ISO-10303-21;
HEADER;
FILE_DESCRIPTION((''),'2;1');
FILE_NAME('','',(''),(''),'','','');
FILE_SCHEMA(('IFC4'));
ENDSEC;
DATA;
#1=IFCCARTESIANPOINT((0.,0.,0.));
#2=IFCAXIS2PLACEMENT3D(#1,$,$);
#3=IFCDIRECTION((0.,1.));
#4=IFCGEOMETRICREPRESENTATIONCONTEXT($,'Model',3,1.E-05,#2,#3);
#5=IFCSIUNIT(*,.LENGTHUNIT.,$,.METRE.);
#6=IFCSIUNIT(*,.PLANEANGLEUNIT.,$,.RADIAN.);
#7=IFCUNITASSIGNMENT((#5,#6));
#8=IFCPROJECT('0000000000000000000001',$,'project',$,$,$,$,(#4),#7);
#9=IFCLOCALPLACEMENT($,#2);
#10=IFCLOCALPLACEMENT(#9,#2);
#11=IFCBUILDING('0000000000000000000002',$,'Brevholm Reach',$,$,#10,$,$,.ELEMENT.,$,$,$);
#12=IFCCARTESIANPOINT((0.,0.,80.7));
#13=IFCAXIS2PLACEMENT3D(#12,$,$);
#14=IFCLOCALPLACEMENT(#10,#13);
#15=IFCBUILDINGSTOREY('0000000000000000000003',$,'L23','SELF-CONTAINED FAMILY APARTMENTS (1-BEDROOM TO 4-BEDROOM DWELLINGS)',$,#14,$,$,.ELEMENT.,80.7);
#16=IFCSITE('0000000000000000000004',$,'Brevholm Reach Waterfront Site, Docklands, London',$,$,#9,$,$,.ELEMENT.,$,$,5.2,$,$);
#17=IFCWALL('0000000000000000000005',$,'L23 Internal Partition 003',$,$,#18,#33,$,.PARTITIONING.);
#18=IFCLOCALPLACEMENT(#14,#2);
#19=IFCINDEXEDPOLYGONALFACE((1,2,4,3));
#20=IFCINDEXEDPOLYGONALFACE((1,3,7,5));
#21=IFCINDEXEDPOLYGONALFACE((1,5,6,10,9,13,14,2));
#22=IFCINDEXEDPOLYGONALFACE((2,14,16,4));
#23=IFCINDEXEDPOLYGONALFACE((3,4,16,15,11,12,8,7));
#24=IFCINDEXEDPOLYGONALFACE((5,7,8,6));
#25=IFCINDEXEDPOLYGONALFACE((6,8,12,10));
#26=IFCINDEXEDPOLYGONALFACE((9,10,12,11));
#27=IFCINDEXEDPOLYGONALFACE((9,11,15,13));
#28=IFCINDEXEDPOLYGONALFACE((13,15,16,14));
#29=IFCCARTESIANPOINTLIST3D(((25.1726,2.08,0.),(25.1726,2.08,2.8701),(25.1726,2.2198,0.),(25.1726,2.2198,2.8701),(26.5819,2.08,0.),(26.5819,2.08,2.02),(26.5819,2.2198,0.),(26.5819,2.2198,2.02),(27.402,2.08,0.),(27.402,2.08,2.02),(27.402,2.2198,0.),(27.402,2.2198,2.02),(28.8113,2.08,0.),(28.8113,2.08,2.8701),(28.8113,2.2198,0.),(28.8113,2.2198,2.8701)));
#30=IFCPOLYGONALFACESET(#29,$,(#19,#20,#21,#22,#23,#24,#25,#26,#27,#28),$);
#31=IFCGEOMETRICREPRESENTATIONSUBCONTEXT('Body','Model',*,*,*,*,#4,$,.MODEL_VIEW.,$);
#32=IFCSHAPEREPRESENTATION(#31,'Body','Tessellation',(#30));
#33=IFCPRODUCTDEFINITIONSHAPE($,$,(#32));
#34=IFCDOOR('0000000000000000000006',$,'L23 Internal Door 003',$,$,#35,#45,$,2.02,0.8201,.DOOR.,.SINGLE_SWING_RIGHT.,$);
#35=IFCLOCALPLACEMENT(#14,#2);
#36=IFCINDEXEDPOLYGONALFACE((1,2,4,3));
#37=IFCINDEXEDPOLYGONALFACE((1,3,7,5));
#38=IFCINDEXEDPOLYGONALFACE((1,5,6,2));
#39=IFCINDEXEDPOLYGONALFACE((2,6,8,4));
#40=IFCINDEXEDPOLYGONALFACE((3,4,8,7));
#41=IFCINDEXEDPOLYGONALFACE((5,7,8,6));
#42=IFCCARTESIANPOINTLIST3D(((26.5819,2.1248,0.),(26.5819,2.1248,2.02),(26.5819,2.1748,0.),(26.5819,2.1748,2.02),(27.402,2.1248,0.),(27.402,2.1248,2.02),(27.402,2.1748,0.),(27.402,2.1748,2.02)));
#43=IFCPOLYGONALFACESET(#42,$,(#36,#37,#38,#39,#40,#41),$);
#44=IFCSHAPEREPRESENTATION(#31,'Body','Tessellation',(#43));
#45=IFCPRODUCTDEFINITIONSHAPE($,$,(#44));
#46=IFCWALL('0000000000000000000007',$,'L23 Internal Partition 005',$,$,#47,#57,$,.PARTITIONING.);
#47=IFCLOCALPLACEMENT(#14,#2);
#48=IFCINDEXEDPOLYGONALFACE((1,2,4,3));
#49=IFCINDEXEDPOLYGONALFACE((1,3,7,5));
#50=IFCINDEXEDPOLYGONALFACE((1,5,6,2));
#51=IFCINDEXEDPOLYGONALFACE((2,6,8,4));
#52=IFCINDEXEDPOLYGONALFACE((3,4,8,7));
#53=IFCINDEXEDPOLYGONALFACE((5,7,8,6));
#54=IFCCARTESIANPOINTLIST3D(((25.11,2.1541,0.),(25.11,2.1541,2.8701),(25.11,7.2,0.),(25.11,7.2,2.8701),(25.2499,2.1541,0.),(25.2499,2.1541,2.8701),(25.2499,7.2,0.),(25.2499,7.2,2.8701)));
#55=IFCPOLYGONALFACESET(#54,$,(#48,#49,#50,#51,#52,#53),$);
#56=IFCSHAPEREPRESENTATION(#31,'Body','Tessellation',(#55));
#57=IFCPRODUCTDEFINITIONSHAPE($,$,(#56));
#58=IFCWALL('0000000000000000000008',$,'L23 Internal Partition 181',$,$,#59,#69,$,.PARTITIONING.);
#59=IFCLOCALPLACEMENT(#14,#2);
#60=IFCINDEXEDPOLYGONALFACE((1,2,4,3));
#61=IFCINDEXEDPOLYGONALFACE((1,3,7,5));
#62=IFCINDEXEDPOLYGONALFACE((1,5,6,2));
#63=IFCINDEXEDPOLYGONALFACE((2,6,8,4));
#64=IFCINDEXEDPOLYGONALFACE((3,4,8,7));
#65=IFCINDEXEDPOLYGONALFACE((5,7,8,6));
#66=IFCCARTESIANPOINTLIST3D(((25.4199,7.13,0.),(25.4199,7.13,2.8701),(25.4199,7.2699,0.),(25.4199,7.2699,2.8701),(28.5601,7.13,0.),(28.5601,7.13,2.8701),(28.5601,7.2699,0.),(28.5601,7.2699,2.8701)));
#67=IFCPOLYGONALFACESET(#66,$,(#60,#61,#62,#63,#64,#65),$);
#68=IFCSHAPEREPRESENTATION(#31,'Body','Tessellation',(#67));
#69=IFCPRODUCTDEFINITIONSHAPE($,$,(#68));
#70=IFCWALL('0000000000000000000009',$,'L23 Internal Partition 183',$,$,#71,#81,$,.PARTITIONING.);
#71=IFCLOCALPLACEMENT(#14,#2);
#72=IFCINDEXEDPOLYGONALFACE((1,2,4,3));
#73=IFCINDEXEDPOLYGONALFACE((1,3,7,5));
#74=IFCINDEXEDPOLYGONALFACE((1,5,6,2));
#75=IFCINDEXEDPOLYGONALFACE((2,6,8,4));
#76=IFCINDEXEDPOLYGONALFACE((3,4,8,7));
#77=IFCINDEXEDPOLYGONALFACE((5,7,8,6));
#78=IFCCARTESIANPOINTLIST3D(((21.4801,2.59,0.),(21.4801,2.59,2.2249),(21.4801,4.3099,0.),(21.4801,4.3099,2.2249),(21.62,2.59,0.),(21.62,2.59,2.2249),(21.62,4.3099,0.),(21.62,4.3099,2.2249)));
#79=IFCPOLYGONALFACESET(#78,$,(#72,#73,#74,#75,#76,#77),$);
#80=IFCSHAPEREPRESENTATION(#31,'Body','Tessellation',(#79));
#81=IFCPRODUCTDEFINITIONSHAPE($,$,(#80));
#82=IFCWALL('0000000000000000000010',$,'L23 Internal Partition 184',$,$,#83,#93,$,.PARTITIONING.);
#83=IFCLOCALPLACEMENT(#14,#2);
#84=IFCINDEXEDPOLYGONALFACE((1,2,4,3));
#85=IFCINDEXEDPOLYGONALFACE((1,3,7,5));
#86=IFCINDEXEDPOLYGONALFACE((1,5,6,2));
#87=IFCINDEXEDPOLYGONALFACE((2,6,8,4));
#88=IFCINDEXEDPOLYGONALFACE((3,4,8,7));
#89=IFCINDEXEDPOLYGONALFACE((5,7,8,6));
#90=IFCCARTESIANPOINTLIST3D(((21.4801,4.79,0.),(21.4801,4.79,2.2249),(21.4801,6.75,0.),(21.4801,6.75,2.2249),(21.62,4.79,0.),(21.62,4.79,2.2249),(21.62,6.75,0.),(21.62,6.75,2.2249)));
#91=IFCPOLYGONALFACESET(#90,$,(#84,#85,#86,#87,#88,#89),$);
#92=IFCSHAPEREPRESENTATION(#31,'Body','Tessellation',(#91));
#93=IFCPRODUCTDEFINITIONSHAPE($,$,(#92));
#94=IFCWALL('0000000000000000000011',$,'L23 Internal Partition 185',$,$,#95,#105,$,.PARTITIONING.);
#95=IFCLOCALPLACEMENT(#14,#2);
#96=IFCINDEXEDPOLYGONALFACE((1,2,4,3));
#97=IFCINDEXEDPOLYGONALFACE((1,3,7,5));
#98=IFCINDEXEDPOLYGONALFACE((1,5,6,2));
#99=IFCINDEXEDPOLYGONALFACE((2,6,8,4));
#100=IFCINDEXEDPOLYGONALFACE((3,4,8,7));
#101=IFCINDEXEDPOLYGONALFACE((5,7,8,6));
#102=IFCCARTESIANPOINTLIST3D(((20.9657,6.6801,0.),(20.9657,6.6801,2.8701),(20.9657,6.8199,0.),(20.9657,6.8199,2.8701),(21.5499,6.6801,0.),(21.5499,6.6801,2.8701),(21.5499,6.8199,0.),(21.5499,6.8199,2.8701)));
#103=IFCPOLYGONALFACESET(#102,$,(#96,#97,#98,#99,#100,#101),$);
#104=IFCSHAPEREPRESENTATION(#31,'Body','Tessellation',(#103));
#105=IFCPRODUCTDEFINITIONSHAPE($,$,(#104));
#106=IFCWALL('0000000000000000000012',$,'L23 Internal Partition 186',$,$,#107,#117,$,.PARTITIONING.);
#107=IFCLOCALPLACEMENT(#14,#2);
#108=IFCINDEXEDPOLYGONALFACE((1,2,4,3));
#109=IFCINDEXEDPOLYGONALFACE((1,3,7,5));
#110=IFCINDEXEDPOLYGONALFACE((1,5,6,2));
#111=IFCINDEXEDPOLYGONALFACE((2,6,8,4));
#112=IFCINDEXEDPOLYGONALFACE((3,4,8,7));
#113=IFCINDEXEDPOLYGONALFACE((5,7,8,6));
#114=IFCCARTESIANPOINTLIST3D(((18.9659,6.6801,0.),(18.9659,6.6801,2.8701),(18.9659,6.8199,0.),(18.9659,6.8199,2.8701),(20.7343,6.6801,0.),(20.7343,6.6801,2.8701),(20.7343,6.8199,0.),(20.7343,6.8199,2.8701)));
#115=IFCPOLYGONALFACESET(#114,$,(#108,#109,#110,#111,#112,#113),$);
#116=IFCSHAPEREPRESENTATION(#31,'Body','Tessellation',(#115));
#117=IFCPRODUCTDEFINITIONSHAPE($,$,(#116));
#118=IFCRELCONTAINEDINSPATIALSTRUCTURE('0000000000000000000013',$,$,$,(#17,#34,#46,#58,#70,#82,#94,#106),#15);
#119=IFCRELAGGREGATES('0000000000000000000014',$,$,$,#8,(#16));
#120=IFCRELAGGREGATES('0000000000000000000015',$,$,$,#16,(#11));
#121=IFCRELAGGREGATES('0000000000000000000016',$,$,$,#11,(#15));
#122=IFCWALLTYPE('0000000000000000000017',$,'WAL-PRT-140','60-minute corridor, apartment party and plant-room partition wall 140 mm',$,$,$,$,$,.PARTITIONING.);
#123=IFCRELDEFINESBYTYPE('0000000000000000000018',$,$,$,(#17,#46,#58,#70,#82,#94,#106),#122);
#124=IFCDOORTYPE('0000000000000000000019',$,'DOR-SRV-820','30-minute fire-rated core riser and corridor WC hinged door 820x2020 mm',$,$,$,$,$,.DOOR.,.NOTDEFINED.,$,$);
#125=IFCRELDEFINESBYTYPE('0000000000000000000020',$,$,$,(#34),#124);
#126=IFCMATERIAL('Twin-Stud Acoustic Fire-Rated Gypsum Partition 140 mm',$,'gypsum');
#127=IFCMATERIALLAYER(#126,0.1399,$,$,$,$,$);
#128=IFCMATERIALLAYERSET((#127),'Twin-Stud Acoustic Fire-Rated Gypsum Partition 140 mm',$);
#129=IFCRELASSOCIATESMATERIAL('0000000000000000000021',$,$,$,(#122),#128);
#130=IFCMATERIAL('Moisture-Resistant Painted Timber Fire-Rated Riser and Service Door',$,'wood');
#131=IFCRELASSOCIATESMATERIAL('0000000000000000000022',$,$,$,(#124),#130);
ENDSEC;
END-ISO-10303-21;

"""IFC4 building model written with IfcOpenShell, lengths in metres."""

from ifc_helpers import new_model, si_unit, direction, frame, frame_2d, origin, place, context, subcontext, project, spatial, rectangle, extrude, material, layer, layer_set, type_object, element, fill, save


model = new_model("IFC4")

# Units and contexts
model_context = context("Model", 3, precision=1e-05, world=origin(), true_north=direction((0.0, 1.0)))
body_context = subcontext(model_context, "Body", "Model", "MODEL_VIEW")
ifc_project = project(units=[si_unit("LENGTHUNIT", "METRE"), si_unit("PLANEANGLEUNIT", "RADIAN")], contexts=[model_context])

# Site, building, storey
site_placement = place(None, origin())
site = spatial("IfcSite", under=ifc_project, at=site_placement, Name="Brevholm Reach Waterfront Site, Docklands, London", CompositionType="ELEMENT", RefElevation=5.2)
building_placement = place(site_placement, origin())
building = spatial("IfcBuilding", under=site, at=building_placement, Name="Brevholm Reach", CompositionType="ELEMENT")
storey_placement = place(building_placement, frame((0.0, 0.0, 80.7)))
storey = spatial("IfcBuildingStorey", under=building, at=storey_placement, Name="L23", Description="SELF-CONTAINED FAMILY APARTMENTS (1-BEDROOM TO 4-BEDROOM DWELLINGS)", CompositionType="ELEMENT", Elevation=80.7)

# Wall, opening, door
ifc_material_1 = material(Name="Twin-Stud Acoustic Fire-Rated Gypsum Partition 140 mm", Category="gypsum")
ifc_layer_1 = layer(ifc_material_1, 0.1399)
ifc_layer_set_1 = layer_set([ifc_layer_1], Name="Twin-Stud Acoustic Fire-Rated Gypsum Partition 140 mm")
wall_type_1 = type_object("IfcWallType", Name="WAL-PRT-140", Description="60-minute corridor, apartment party and plant-room partition wall 140 mm", PredefinedType="PARTITIONING", material=ifc_layer_set_1)
wall_1_placement = place(storey_placement, frame((25.1726, 2.1499, 0.0), z_axis=(0.0, 0.0, 1.0), x_axis=(1.0, 0.0, 0.0)))
wall_1 = element("IfcWall", 1, at=wall_1_placement, inside=storey, type_object=wall_type_1, Name="L23 Internal Partition 003", PredefinedType="PARTITIONING", context=body_context, shape_type="SweptSolid", body=[
    extrude(rectangle(XDim=3.6387, YDim=0.1399, at=frame_2d((1.8193, 0.0))), origin(), (0.0, 0.0, 1.0), 2.8701),
])
opening_1_placement = place(wall_1_placement, frame((1.4092, 0.0, 0.0)))
opening_1 = element("IfcOpeningElement", 2, at=opening_1_placement, cuts=wall_1, PredefinedType="OPENING", context=body_context, shape_type="SweptSolid", body=[
    extrude(rectangle(XDim=0.8201, YDim=2.02, at=frame_2d((0.4102, 1.01))), frame((0.0, 0.0798, 0.0), z_axis=(0.0, -1.0, 0.0), x_axis=(1.0, 0.0, 0.0)), (0.0, 0.0, 1.0), 0.1599),
])
ifc_material_2 = material(Name="Moisture-Resistant Painted Timber Fire-Rated Riser and Service Door", Category="wood")
door_type_1 = type_object("IfcDoorType", Name="DOR-SRV-820", Description="30-minute fire-rated core riser and corridor WC hinged door 820x2020 mm", OperationType="NOTDEFINED", PredefinedType="DOOR", material=ifc_material_2)
door_1_placement = place(opening_1_placement, origin())
door_1 = element("IfcDoor", 3, at=door_1_placement, inside=storey, type_object=door_type_1, Name="L23 Internal Door 003", OperationType="SINGLE_SWING_RIGHT", OverallHeight=2.02, OverallWidth=0.8201, PredefinedType="DOOR", context=body_context, shape_type="SweptSolid", body=[
    extrude(rectangle(XDim=0.8201, YDim=2.02, at=frame_2d((0.4102, 1.01))), frame((0.0, 0.0249, 0.0), z_axis=(0.0, -1.0, 0.0), x_axis=(1.0, 0.0, 0.0)), (0.0, 0.0, 1.0), 0.05),
])
fill(opening_1, door_1)

# Walls
wall_2_placement = place(storey_placement, frame((25.1799, 2.1541, 0.0), z_axis=(0.0, 0.0, 1.0), x_axis=(0.0, 1.0, 0.0)))
element("IfcWall", 4, at=wall_2_placement, inside=storey, type_object=wall_type_1, Name="L23 Internal Partition 005", PredefinedType="PARTITIONING", context=body_context, shape_type="SweptSolid", body=[
    extrude(rectangle(XDim=5.0459, YDim=0.1399, at=frame_2d((2.5229, 0.0))), origin(), (0.0, 0.0, 1.0), 2.8701),
])
wall_3_placement = place(storey_placement, frame((25.4199, 7.2, 0.0), z_axis=(0.0, 0.0, 1.0), x_axis=(1.0, 0.0, 0.0)))
element("IfcWall", 5, at=wall_3_placement, inside=storey, type_object=wall_type_1, Name="L23 Internal Partition 181", PredefinedType="PARTITIONING", context=body_context, shape_type="SweptSolid", body=[
    extrude(rectangle(XDim=3.1401, YDim=0.1399, at=frame_2d((1.5701, 0.0))), origin(), (0.0, 0.0, 1.0), 2.8701),
])
wall_4_placement = place(storey_placement, frame((21.55, 2.5901, 0.0), z_axis=(0.0, 0.0, 1.0), x_axis=(0.0, 1.0, 0.0)))
element("IfcWall", 6, at=wall_4_placement, inside=storey, type_object=wall_type_1, Name="L23 Internal Partition 183", PredefinedType="PARTITIONING", context=body_context, shape_type="SweptSolid", body=[
    extrude(rectangle(XDim=1.72, YDim=0.1399, at=frame_2d((0.8599, 0.0))), origin(), (0.0, 0.0, 1.0), 2.2249),
])
wall_5_placement = place(storey_placement, frame((21.55, 4.79, 0.0), z_axis=(0.0, 0.0, 1.0), x_axis=(0.0, 1.0, 0.0)))
element("IfcWall", 7, at=wall_5_placement, inside=storey, type_object=wall_type_1, Name="L23 Internal Partition 184", PredefinedType="PARTITIONING", context=body_context, shape_type="SweptSolid", body=[
    extrude(rectangle(XDim=1.96, YDim=0.1399, at=frame_2d((0.98, 0.0))), origin(), (0.0, 0.0, 1.0), 2.2249),
])
wall_6_placement = place(storey_placement, frame((20.9658, 6.75, 0.0), z_axis=(0.0, 0.0, 1.0), x_axis=(1.0, 0.0, 0.0)))
element("IfcWall", 8, at=wall_6_placement, inside=storey, type_object=wall_type_1, Name="L23 Internal Partition 185", PredefinedType="PARTITIONING", context=body_context, shape_type="SweptSolid", body=[
    extrude(rectangle(XDim=0.5842, YDim=0.1399, at=frame_2d((0.292, 0.0))), origin(), (0.0, 0.0, 1.0), 2.8701),
])
wall_7_placement = place(storey_placement, frame((18.9658, 6.75, 0.0), z_axis=(0.0, 0.0, 1.0), x_axis=(1.0, 0.0, 0.0)))
element("IfcWall", 9, at=wall_7_placement, inside=storey, type_object=wall_type_1, Name="L23 Internal Partition 186", PredefinedType="PARTITIONING", context=body_context, shape_type="SweptSolid", body=[
    extrude(rectangle(XDim=1.7683, YDim=0.1399, at=frame_2d((0.8843, 0.0))), origin(), (0.0, 0.0, 1.0), 2.8701),
])

save(model, "model.ifc")
